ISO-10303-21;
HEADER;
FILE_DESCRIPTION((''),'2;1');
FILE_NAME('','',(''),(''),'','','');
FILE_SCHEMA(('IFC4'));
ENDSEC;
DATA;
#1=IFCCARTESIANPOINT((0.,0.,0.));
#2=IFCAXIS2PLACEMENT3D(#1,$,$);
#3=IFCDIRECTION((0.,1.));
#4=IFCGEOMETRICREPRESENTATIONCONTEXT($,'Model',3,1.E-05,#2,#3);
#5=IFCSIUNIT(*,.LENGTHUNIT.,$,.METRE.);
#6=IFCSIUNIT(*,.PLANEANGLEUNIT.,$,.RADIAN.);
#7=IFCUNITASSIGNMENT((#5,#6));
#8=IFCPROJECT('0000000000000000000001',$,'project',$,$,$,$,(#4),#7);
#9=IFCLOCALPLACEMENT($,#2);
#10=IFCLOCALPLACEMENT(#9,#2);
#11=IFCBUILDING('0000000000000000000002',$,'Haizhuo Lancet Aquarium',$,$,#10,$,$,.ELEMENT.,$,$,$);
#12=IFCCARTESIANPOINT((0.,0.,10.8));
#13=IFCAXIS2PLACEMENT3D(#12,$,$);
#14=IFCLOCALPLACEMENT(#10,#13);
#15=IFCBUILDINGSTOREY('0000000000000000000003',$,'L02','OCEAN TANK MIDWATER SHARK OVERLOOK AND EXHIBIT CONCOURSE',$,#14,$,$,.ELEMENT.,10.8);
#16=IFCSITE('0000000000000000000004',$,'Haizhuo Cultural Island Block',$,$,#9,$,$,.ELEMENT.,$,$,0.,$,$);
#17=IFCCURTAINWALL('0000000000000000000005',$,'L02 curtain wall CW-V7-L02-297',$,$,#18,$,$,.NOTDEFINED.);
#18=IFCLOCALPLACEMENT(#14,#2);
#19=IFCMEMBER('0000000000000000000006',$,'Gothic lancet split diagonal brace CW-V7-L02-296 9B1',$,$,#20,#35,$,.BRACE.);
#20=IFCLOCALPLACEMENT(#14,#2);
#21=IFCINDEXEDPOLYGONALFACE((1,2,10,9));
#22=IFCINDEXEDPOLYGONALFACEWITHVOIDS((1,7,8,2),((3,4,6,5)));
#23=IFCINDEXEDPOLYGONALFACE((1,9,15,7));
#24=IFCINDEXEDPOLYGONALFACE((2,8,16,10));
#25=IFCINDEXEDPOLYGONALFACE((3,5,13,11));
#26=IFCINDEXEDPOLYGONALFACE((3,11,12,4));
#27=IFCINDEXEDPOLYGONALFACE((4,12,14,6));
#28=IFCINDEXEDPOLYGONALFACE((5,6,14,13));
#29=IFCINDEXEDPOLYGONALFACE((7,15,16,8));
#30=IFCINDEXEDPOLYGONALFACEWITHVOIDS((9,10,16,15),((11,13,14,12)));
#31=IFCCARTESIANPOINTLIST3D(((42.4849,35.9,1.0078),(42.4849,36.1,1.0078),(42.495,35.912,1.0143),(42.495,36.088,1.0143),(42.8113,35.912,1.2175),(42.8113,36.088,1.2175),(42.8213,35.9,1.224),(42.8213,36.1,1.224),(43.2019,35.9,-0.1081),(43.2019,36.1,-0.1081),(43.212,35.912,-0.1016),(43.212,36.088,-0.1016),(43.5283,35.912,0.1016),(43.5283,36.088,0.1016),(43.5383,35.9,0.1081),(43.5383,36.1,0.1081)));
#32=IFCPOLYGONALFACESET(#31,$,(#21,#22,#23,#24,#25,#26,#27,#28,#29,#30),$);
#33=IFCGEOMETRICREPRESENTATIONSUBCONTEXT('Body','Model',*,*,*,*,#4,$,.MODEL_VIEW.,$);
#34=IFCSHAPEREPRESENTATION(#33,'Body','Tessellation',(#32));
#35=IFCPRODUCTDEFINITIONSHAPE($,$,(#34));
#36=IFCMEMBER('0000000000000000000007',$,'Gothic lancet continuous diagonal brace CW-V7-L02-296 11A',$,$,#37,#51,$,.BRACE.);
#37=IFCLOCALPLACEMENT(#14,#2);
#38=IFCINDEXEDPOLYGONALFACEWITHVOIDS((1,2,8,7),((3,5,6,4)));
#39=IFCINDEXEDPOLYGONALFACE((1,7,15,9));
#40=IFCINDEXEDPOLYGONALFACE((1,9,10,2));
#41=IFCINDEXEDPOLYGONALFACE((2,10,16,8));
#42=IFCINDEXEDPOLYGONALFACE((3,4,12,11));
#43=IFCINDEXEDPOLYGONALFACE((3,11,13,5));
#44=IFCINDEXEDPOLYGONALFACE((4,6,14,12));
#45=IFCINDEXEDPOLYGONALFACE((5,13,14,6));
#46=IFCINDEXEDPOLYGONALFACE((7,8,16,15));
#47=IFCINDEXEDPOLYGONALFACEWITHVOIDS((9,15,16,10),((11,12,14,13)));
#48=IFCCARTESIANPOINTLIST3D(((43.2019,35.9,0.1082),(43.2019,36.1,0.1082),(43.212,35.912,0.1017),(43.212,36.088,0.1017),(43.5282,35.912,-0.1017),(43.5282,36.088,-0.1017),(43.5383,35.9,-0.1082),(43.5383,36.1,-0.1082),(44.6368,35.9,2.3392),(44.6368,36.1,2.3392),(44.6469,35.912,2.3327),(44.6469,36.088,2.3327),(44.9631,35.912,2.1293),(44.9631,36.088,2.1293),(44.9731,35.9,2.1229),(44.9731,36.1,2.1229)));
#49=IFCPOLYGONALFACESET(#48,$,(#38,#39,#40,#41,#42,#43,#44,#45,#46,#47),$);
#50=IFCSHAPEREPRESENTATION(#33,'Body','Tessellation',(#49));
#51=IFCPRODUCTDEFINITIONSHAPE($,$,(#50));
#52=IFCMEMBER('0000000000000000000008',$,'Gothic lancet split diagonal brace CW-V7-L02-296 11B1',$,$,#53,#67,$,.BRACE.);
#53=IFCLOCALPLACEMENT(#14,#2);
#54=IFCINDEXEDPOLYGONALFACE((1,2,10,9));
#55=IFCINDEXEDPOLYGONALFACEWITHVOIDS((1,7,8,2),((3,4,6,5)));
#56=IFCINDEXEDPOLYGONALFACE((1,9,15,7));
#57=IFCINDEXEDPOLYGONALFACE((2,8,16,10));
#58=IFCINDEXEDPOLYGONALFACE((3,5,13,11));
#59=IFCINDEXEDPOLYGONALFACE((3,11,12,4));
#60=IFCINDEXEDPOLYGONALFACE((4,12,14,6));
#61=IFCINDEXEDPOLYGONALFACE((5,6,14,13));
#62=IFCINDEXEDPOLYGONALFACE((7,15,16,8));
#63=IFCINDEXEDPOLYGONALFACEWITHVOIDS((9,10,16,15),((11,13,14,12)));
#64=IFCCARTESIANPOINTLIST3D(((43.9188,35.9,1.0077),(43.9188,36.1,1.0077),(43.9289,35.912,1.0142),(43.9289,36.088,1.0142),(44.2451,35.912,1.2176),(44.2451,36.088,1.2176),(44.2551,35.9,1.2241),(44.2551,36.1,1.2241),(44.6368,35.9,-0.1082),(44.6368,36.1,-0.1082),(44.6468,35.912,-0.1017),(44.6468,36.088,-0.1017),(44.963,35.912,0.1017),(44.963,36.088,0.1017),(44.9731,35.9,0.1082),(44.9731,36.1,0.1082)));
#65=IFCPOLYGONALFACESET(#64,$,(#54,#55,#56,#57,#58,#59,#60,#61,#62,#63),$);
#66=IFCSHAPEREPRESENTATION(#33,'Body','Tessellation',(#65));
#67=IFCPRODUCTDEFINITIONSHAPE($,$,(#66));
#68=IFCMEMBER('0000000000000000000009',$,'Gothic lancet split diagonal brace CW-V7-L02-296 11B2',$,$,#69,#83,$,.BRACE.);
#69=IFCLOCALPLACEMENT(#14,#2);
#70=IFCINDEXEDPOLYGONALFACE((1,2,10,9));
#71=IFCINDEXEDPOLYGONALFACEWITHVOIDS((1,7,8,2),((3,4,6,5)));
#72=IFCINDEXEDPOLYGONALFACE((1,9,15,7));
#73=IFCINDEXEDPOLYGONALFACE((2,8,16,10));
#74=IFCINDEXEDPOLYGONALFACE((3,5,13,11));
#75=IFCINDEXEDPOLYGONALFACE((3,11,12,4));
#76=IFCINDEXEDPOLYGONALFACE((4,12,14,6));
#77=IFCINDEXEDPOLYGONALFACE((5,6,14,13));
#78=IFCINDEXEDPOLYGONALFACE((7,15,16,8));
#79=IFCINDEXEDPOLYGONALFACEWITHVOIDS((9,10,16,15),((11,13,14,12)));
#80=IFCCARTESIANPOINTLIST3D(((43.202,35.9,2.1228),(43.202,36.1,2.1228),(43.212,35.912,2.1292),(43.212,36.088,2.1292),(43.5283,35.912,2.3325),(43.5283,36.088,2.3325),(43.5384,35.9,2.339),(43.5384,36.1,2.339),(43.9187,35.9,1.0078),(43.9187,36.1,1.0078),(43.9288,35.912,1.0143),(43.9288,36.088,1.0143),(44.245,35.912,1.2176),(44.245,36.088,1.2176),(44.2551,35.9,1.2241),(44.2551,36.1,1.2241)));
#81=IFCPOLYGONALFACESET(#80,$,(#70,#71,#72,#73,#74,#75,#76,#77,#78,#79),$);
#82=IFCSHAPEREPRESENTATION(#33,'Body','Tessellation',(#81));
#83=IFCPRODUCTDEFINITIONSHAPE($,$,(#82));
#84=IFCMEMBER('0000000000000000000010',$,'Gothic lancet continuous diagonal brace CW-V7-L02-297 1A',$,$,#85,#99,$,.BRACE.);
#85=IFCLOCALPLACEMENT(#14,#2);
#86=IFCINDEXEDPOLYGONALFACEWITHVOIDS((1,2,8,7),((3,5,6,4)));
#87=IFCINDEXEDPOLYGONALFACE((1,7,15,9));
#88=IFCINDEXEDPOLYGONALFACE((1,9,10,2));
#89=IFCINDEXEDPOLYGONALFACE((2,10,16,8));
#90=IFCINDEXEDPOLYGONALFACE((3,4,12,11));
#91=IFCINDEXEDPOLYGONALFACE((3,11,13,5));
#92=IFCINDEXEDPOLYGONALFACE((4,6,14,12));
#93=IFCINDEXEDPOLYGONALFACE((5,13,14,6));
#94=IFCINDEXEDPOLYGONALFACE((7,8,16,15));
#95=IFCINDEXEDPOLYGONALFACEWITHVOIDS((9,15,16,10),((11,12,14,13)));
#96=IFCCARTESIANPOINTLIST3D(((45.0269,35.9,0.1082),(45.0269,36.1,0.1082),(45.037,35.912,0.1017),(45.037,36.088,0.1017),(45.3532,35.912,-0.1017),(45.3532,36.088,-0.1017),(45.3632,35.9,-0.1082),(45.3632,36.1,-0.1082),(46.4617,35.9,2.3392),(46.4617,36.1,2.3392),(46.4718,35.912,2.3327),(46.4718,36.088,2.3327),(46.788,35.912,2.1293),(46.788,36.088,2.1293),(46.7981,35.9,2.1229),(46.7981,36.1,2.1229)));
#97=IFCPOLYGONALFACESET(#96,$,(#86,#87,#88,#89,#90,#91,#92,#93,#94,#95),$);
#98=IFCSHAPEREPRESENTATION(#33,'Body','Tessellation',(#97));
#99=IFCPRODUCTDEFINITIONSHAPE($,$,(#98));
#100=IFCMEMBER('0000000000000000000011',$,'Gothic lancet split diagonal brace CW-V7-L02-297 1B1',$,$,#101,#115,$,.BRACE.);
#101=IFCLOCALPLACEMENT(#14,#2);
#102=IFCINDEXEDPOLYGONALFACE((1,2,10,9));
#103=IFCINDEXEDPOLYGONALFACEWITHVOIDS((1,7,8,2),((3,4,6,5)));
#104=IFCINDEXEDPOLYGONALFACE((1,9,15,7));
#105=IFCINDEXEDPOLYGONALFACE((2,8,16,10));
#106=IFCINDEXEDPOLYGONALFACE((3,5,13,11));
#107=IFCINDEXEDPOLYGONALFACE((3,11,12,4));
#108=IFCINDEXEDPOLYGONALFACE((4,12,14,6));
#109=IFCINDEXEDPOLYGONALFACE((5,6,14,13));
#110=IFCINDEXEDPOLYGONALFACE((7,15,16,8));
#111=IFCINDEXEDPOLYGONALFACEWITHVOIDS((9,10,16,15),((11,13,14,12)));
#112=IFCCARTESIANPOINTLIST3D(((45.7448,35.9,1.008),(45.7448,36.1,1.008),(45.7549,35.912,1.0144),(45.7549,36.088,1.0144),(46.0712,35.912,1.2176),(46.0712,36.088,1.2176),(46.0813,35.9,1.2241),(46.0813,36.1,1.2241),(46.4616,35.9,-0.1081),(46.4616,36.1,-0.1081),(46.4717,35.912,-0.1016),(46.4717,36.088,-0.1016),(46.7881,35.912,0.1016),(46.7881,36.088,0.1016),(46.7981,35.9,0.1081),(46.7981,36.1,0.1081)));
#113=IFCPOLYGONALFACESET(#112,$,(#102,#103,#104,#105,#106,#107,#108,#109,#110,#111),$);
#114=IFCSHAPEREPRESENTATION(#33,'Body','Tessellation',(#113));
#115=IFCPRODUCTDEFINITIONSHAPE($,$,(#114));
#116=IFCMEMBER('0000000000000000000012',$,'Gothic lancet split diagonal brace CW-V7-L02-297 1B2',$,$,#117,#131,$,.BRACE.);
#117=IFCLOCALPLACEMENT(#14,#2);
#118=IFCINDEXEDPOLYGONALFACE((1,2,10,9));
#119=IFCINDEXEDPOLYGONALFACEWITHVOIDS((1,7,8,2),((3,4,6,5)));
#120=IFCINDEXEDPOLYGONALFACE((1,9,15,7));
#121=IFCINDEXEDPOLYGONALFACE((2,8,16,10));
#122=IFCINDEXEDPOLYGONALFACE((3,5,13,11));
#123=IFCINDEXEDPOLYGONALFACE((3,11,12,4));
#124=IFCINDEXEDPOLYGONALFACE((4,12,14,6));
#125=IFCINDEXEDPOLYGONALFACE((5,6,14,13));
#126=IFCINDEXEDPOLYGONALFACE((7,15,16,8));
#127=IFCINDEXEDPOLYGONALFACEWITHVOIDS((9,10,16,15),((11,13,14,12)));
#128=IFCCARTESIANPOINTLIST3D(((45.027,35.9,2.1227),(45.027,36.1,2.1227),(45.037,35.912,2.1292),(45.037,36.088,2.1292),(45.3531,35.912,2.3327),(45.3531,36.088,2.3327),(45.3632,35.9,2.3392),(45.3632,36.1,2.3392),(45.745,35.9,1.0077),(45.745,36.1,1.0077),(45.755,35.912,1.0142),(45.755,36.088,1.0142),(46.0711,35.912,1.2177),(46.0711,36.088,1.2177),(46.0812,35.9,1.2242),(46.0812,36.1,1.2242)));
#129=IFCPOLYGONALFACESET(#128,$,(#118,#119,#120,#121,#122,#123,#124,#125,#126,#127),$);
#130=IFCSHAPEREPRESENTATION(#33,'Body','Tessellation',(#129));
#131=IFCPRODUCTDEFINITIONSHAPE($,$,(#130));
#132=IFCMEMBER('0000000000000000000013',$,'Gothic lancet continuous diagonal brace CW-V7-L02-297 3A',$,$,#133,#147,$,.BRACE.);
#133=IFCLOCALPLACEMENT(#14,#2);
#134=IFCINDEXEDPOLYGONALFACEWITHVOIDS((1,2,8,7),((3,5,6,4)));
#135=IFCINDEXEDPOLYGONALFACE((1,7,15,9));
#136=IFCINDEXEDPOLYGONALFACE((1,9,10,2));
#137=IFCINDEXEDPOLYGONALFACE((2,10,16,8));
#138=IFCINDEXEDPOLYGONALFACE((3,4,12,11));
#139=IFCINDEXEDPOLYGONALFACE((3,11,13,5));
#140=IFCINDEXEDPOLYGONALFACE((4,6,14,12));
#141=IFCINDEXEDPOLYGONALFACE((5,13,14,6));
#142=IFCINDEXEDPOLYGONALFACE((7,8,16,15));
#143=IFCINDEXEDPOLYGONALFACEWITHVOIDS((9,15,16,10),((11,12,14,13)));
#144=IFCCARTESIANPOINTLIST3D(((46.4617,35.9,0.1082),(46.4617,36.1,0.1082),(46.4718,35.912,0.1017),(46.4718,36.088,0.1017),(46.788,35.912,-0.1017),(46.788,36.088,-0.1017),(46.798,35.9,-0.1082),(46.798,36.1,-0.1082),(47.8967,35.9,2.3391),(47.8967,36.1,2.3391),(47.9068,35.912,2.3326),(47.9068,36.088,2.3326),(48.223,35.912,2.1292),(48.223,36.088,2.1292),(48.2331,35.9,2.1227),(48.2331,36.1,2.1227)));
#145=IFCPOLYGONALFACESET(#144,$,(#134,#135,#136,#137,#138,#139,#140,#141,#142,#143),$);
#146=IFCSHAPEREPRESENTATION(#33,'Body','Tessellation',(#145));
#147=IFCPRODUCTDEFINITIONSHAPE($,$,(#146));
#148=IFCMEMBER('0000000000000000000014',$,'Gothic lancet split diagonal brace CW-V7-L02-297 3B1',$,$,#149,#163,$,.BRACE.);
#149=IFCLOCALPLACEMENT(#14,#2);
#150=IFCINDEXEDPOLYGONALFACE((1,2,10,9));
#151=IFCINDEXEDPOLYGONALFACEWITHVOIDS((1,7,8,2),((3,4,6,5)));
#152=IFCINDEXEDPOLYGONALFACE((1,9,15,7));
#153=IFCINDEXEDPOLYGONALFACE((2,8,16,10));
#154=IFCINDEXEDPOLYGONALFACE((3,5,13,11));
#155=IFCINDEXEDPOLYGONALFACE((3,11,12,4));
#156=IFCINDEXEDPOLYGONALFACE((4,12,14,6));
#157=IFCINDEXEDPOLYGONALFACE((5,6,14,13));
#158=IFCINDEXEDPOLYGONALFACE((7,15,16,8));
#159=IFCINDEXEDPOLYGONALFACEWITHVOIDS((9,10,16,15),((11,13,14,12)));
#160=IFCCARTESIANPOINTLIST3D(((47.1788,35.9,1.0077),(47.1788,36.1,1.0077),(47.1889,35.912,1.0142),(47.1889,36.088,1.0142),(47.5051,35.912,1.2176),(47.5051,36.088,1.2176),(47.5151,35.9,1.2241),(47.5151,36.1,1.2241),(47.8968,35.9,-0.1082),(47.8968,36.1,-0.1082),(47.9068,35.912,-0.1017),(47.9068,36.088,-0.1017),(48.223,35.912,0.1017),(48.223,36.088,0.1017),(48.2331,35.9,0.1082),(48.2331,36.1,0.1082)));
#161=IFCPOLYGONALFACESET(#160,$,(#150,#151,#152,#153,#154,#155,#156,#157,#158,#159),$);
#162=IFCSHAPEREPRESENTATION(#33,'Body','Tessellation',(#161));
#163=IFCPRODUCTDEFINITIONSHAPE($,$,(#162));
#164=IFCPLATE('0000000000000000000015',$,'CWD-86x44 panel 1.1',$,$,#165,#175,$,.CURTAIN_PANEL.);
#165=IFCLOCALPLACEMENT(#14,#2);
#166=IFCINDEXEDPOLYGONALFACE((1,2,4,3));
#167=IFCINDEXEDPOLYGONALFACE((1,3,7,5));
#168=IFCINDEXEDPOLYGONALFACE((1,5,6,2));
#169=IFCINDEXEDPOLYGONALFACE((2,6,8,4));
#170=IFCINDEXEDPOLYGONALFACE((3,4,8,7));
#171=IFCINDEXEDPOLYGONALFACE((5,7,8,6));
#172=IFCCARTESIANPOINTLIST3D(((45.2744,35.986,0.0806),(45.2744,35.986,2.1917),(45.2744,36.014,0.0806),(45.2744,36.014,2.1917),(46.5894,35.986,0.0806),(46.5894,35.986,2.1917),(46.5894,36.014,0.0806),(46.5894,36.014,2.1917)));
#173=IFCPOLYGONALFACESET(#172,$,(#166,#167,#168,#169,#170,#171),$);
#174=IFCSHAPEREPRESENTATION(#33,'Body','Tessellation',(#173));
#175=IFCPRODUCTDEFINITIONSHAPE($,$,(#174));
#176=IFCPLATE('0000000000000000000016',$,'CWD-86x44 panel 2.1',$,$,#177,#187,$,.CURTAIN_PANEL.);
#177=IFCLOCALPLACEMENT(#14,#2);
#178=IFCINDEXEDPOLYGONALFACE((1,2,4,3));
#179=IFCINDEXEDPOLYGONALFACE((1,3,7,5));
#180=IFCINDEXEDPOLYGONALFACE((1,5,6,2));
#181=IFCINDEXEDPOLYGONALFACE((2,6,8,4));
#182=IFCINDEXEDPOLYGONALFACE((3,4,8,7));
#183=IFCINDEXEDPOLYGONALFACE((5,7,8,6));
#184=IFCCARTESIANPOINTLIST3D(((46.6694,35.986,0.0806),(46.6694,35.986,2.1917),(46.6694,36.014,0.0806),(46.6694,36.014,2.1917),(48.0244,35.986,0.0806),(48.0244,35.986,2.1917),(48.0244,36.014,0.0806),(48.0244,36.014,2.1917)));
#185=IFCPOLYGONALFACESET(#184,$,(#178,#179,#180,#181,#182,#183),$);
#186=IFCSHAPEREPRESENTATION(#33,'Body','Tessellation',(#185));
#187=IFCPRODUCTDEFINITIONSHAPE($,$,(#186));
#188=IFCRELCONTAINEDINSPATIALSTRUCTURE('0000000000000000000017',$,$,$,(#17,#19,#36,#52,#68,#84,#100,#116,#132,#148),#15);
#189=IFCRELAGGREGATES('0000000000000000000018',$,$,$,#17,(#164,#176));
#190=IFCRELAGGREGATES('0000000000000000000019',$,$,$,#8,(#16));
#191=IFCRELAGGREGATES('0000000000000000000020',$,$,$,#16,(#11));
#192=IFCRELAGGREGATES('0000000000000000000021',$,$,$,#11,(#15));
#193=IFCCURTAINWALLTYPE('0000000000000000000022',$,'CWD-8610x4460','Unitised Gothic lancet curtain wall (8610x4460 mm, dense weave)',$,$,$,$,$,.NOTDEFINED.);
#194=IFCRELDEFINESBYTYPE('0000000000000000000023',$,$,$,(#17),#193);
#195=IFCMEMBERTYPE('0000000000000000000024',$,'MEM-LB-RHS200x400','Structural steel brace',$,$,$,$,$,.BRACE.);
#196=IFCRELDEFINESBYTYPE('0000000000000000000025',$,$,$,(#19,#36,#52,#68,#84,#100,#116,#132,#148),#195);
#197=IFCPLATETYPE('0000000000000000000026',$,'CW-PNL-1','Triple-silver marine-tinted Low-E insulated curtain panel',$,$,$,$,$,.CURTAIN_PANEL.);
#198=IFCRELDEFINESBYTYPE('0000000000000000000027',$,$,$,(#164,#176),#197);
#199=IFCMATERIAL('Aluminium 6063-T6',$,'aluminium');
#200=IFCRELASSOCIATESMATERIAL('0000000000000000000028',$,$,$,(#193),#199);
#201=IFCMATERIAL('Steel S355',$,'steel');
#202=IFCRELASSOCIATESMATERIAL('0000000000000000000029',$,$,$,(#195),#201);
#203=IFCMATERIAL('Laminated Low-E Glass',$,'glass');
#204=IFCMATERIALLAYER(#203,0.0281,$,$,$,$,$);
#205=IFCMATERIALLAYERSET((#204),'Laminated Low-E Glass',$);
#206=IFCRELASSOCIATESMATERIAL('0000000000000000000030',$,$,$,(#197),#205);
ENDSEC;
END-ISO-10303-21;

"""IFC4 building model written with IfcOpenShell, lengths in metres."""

from ifc_helpers import new_model, si_unit, direction, frame, origin, origin_2d, place, context, subcontext, project, spatial, rectangle, hollow_rectangle, extrude, material, layer, layer_set, material_profile, profile_set, type_object, element, aggregate, save


model = new_model("IFC4")

# Units and contexts
model_context = context("Model", 3, precision=1e-05, world=origin(), true_north=direction((0.0, 1.0)))
body_context = subcontext(model_context, "Body", "Model", "MODEL_VIEW")
ifc_project = project(units=[si_unit("LENGTHUNIT", "METRE"), si_unit("PLANEANGLEUNIT", "RADIAN")], contexts=[model_context])

# Site, building, storey
site_placement = place(None, origin())
site = spatial("IfcSite", under=ifc_project, at=site_placement, Name="Haizhuo Cultural Island Block", CompositionType="ELEMENT", RefElevation=0.0)
building_placement = place(site_placement, origin())
building = spatial("IfcBuilding", under=site, at=building_placement, Name="Haizhuo Lancet Aquarium", CompositionType="ELEMENT")
storey_placement = place(building_placement, frame((0.0, 0.0, 10.8)))
storey = spatial("IfcBuildingStorey", under=building, at=storey_placement, Name="L02", Description="OCEAN TANK MIDWATER SHARK OVERLOOK AND EXHIBIT CONCOURSE", CompositionType="ELEMENT", Elevation=10.8)

# Shared definitions
ifc_material_1 = material(Name="Steel S355", Category="steel")

# Shared definitions
ifc_material_2 = material(Name="Aluminium 6063-T6", Category="aluminium")
curtain_wall_type = type_object("IfcCurtainWallType", Name="CWD-8610x4460", Description="Unitised Gothic lancet curtain wall (8610x4460 mm, dense weave)", PredefinedType="NOTDEFINED", material=ifc_material_2)

# Curtain wall
curtain_wall_1_placement = place(storey_placement, origin())
curtain_wall_1 = element("IfcCurtainWall", 1, at=curtain_wall_1_placement, inside=storey, type_object=curtain_wall_type, Name="L02 curtain wall CW-V7-L02-297", PredefinedType="NOTDEFINED")

# Members
ifc_material_profile_1 = material_profile(ifc_material_1, hollow_rectangle(XDim=0.2, YDim=0.3999, WallThickness=0.012, at=origin_2d()), Name="RHS 200x400x12")
ifc_profile_set_1 = profile_set([ifc_material_profile_1], Name="Steel S355")
member_type_1 = type_object("IfcMemberType", Name="MEM-LB-RHS200x400", Description="Structural steel brace", PredefinedType="BRACE", material=ifc_profile_set_1)
member_1_placement = place(storey_placement, frame((43.3701, 36.0, 0.0), z_axis=(-0.540562, 0.0, 0.841304), x_axis=(0.0, -1.0, 0.0)))
element("IfcMember", 2, at=member_1_placement, inside=storey, type_object=member_type_1, Name="Gothic lancet split diagonal brace CW-V7-L02-296 9B1", PredefinedType="BRACE", context=body_context, shape_type="SweptSolid", body=[
    extrude(hollow_rectangle(XDim=0.2, YDim=0.3999, WallThickness=0.012, at=origin_2d()), origin(), (0.0, 0.0, 1.0), 1.3264),
])
member_2_placement = place(storey_placement, frame((43.3701, 36.0, 0.0), z_axis=(0.540925, 0.0, 0.841071), x_axis=(0.0, 1.0, 0.0)))
element("IfcMember", 3, at=member_2_placement, inside=storey, type_object=member_type_1, Name="Gothic lancet continuous diagonal brace CW-V7-L02-296 11A", PredefinedType="BRACE", context=body_context, shape_type="SweptSolid", body=[
    extrude(hollow_rectangle(XDim=0.2, YDim=0.3999, WallThickness=0.012, at=origin_2d()), origin(), (0.0, 0.0, 1.0), 2.6526),
])
member_3_placement = place(storey_placement, frame((44.8049, 36.0, 0.0), z_axis=(-0.541083, 0.0, 0.840969), x_axis=(0.0, -1.0, 0.0)))
element("IfcMember", 4, at=member_3_placement, inside=storey, type_object=member_type_1, Name="Gothic lancet split diagonal brace CW-V7-L02-296 11B1", PredefinedType="BRACE", context=body_context, shape_type="SweptSolid", body=[
    extrude(hollow_rectangle(XDim=0.2, YDim=0.3999, WallThickness=0.012, at=origin_2d()), origin(), (0.0, 0.0, 1.0), 1.3269),
])
member_4_placement = place(storey_placement, frame((44.0869, 36.0, 1.116), z_axis=(-0.540767, 0.0, 0.841172), x_axis=(0.0, -1.0, 0.0)))
element("IfcMember", 5, at=member_4_placement, inside=storey, type_object=member_type_1, Name="Gothic lancet split diagonal brace CW-V7-L02-296 11B2", PredefinedType="BRACE", context=body_context, shape_type="SweptSolid", body=[
    extrude(hollow_rectangle(XDim=0.2, YDim=0.3999, WallThickness=0.012, at=origin_2d()), origin(), (0.0, 0.0, 1.0), 1.3254),
])
member_5_placement = place(storey_placement, frame((45.1951, 36.0, 0.0), z_axis=(0.540925, 0.0, 0.841071), x_axis=(0.0, 1.0, 0.0)))
element("IfcMember", 6, at=member_5_placement, inside=storey, type_object=member_type_1, Name="Gothic lancet continuous diagonal brace CW-V7-L02-297 1A", PredefinedType="BRACE", context=body_context, shape_type="SweptSolid", body=[
    extrude(hollow_rectangle(XDim=0.2, YDim=0.3999, WallThickness=0.012, at=origin_2d()), origin(), (0.0, 0.0, 1.0), 2.6526),
])
member_6_placement = place(storey_placement, frame((46.6299, 36.0, 0.0), z_axis=(-0.540432, 0.0, 0.841388), x_axis=(0.0, -1.0, 0.0)))
element("IfcMember", 7, at=member_6_placement, inside=storey, type_object=member_type_1, Name="Gothic lancet split diagonal brace CW-V7-L02-297 1B1", PredefinedType="BRACE", context=body_context, shape_type="SweptSolid", body=[
    extrude(hollow_rectangle(XDim=0.2, YDim=0.3999, WallThickness=0.012, at=origin_2d()), origin(), (0.0, 0.0, 1.0), 1.3264),
])
member_7_placement = place(storey_placement, frame((45.9131, 36.0, 1.116), z_axis=(-0.541418, 0.0, 0.840754), x_axis=(0.0, -1.0, 0.0)))
element("IfcMember", 8, at=member_7_placement, inside=storey, type_object=member_type_1, Name="Gothic lancet split diagonal brace CW-V7-L02-297 1B2", PredefinedType="BRACE", context=body_context, shape_type="SweptSolid", body=[
    extrude(hollow_rectangle(XDim=0.2, YDim=0.3999, WallThickness=0.012, at=origin_2d()), origin(), (0.0, 0.0, 1.0), 1.3262),
])
member_8_placement = place(storey_placement, frame((46.6299, 36.0, 0.0), z_axis=(0.54099, 0.0, 0.841029), x_axis=(0.0, 1.0, 0.0)))
element("IfcMember", 9, at=member_8_placement, inside=storey, type_object=member_type_1, Name="Gothic lancet continuous diagonal brace CW-V7-L02-297 3A", PredefinedType="BRACE", context=body_context, shape_type="SweptSolid", body=[
    extrude(hollow_rectangle(XDim=0.2, YDim=0.3999, WallThickness=0.012, at=origin_2d()), origin(), (0.0, 0.0, 1.0), 2.6526),
])
member_9_placement = place(storey_placement, frame((48.0649, 36.0, 0.0), z_axis=(-0.541083, 0.0, 0.840969), x_axis=(0.0, -1.0, 0.0)))
element("IfcMember", 10, at=member_9_placement, inside=storey, type_object=member_type_1, Name="Gothic lancet split diagonal brace CW-V7-L02-297 3B1", PredefinedType="BRACE", context=body_context, shape_type="SweptSolid", body=[
    extrude(hollow_rectangle(XDim=0.2, YDim=0.3999, WallThickness=0.012, at=origin_2d()), origin(), (0.0, 0.0, 1.0), 1.3269),
])

# Plates
ifc_material_3 = material(Name="Laminated Low-E Glass", Category="glass")
ifc_layer_1 = layer(ifc_material_3, 0.0281)
ifc_layer_set_1 = layer_set([ifc_layer_1], Name="Laminated Low-E Glass")
plate_type_1 = type_object("IfcPlateType", Name="CW-PNL-1", Description="Triple-silver marine-tinted Low-E insulated curtain panel", PredefinedType="CURTAIN_PANEL", material=ifc_layer_set_1)
plate_1_placement = place(storey_placement, frame((45.9319, 36.0, 0.0806), z_axis=(0.0, 0.0, 1.0), x_axis=(1.0, 0.0, 0.0)))
plate_1 = element("IfcPlate", 11, at=plate_1_placement, type_object=plate_type_1, Name="CWD-86x44 panel 1.1", PredefinedType="CURTAIN_PANEL", context=body_context, shape_type="SweptSolid", body=[
    extrude(rectangle(XDim=1.3149, YDim=0.0281, at=origin_2d()), origin(), (0.0, 0.0, 1.0), 2.1111),
])
plate_2_placement = place(storey_placement, frame((47.3469, 36.0, 0.0806), z_axis=(0.0, 0.0, 1.0), x_axis=(1.0, 0.0, 0.0)))
plate_2 = element("IfcPlate", 12, at=plate_2_placement, type_object=plate_type_1, Name="CWD-86x44 panel 2.1", PredefinedType="CURTAIN_PANEL", context=body_context, shape_type="SweptSolid", body=[
    extrude(rectangle(XDim=1.355, YDim=0.0281, at=origin_2d()), origin(), (0.0, 0.0, 1.0), 2.1111),
])
aggregate(curtain_wall_1, [plate_1, plate_2])

save(model, "model.ifc")
